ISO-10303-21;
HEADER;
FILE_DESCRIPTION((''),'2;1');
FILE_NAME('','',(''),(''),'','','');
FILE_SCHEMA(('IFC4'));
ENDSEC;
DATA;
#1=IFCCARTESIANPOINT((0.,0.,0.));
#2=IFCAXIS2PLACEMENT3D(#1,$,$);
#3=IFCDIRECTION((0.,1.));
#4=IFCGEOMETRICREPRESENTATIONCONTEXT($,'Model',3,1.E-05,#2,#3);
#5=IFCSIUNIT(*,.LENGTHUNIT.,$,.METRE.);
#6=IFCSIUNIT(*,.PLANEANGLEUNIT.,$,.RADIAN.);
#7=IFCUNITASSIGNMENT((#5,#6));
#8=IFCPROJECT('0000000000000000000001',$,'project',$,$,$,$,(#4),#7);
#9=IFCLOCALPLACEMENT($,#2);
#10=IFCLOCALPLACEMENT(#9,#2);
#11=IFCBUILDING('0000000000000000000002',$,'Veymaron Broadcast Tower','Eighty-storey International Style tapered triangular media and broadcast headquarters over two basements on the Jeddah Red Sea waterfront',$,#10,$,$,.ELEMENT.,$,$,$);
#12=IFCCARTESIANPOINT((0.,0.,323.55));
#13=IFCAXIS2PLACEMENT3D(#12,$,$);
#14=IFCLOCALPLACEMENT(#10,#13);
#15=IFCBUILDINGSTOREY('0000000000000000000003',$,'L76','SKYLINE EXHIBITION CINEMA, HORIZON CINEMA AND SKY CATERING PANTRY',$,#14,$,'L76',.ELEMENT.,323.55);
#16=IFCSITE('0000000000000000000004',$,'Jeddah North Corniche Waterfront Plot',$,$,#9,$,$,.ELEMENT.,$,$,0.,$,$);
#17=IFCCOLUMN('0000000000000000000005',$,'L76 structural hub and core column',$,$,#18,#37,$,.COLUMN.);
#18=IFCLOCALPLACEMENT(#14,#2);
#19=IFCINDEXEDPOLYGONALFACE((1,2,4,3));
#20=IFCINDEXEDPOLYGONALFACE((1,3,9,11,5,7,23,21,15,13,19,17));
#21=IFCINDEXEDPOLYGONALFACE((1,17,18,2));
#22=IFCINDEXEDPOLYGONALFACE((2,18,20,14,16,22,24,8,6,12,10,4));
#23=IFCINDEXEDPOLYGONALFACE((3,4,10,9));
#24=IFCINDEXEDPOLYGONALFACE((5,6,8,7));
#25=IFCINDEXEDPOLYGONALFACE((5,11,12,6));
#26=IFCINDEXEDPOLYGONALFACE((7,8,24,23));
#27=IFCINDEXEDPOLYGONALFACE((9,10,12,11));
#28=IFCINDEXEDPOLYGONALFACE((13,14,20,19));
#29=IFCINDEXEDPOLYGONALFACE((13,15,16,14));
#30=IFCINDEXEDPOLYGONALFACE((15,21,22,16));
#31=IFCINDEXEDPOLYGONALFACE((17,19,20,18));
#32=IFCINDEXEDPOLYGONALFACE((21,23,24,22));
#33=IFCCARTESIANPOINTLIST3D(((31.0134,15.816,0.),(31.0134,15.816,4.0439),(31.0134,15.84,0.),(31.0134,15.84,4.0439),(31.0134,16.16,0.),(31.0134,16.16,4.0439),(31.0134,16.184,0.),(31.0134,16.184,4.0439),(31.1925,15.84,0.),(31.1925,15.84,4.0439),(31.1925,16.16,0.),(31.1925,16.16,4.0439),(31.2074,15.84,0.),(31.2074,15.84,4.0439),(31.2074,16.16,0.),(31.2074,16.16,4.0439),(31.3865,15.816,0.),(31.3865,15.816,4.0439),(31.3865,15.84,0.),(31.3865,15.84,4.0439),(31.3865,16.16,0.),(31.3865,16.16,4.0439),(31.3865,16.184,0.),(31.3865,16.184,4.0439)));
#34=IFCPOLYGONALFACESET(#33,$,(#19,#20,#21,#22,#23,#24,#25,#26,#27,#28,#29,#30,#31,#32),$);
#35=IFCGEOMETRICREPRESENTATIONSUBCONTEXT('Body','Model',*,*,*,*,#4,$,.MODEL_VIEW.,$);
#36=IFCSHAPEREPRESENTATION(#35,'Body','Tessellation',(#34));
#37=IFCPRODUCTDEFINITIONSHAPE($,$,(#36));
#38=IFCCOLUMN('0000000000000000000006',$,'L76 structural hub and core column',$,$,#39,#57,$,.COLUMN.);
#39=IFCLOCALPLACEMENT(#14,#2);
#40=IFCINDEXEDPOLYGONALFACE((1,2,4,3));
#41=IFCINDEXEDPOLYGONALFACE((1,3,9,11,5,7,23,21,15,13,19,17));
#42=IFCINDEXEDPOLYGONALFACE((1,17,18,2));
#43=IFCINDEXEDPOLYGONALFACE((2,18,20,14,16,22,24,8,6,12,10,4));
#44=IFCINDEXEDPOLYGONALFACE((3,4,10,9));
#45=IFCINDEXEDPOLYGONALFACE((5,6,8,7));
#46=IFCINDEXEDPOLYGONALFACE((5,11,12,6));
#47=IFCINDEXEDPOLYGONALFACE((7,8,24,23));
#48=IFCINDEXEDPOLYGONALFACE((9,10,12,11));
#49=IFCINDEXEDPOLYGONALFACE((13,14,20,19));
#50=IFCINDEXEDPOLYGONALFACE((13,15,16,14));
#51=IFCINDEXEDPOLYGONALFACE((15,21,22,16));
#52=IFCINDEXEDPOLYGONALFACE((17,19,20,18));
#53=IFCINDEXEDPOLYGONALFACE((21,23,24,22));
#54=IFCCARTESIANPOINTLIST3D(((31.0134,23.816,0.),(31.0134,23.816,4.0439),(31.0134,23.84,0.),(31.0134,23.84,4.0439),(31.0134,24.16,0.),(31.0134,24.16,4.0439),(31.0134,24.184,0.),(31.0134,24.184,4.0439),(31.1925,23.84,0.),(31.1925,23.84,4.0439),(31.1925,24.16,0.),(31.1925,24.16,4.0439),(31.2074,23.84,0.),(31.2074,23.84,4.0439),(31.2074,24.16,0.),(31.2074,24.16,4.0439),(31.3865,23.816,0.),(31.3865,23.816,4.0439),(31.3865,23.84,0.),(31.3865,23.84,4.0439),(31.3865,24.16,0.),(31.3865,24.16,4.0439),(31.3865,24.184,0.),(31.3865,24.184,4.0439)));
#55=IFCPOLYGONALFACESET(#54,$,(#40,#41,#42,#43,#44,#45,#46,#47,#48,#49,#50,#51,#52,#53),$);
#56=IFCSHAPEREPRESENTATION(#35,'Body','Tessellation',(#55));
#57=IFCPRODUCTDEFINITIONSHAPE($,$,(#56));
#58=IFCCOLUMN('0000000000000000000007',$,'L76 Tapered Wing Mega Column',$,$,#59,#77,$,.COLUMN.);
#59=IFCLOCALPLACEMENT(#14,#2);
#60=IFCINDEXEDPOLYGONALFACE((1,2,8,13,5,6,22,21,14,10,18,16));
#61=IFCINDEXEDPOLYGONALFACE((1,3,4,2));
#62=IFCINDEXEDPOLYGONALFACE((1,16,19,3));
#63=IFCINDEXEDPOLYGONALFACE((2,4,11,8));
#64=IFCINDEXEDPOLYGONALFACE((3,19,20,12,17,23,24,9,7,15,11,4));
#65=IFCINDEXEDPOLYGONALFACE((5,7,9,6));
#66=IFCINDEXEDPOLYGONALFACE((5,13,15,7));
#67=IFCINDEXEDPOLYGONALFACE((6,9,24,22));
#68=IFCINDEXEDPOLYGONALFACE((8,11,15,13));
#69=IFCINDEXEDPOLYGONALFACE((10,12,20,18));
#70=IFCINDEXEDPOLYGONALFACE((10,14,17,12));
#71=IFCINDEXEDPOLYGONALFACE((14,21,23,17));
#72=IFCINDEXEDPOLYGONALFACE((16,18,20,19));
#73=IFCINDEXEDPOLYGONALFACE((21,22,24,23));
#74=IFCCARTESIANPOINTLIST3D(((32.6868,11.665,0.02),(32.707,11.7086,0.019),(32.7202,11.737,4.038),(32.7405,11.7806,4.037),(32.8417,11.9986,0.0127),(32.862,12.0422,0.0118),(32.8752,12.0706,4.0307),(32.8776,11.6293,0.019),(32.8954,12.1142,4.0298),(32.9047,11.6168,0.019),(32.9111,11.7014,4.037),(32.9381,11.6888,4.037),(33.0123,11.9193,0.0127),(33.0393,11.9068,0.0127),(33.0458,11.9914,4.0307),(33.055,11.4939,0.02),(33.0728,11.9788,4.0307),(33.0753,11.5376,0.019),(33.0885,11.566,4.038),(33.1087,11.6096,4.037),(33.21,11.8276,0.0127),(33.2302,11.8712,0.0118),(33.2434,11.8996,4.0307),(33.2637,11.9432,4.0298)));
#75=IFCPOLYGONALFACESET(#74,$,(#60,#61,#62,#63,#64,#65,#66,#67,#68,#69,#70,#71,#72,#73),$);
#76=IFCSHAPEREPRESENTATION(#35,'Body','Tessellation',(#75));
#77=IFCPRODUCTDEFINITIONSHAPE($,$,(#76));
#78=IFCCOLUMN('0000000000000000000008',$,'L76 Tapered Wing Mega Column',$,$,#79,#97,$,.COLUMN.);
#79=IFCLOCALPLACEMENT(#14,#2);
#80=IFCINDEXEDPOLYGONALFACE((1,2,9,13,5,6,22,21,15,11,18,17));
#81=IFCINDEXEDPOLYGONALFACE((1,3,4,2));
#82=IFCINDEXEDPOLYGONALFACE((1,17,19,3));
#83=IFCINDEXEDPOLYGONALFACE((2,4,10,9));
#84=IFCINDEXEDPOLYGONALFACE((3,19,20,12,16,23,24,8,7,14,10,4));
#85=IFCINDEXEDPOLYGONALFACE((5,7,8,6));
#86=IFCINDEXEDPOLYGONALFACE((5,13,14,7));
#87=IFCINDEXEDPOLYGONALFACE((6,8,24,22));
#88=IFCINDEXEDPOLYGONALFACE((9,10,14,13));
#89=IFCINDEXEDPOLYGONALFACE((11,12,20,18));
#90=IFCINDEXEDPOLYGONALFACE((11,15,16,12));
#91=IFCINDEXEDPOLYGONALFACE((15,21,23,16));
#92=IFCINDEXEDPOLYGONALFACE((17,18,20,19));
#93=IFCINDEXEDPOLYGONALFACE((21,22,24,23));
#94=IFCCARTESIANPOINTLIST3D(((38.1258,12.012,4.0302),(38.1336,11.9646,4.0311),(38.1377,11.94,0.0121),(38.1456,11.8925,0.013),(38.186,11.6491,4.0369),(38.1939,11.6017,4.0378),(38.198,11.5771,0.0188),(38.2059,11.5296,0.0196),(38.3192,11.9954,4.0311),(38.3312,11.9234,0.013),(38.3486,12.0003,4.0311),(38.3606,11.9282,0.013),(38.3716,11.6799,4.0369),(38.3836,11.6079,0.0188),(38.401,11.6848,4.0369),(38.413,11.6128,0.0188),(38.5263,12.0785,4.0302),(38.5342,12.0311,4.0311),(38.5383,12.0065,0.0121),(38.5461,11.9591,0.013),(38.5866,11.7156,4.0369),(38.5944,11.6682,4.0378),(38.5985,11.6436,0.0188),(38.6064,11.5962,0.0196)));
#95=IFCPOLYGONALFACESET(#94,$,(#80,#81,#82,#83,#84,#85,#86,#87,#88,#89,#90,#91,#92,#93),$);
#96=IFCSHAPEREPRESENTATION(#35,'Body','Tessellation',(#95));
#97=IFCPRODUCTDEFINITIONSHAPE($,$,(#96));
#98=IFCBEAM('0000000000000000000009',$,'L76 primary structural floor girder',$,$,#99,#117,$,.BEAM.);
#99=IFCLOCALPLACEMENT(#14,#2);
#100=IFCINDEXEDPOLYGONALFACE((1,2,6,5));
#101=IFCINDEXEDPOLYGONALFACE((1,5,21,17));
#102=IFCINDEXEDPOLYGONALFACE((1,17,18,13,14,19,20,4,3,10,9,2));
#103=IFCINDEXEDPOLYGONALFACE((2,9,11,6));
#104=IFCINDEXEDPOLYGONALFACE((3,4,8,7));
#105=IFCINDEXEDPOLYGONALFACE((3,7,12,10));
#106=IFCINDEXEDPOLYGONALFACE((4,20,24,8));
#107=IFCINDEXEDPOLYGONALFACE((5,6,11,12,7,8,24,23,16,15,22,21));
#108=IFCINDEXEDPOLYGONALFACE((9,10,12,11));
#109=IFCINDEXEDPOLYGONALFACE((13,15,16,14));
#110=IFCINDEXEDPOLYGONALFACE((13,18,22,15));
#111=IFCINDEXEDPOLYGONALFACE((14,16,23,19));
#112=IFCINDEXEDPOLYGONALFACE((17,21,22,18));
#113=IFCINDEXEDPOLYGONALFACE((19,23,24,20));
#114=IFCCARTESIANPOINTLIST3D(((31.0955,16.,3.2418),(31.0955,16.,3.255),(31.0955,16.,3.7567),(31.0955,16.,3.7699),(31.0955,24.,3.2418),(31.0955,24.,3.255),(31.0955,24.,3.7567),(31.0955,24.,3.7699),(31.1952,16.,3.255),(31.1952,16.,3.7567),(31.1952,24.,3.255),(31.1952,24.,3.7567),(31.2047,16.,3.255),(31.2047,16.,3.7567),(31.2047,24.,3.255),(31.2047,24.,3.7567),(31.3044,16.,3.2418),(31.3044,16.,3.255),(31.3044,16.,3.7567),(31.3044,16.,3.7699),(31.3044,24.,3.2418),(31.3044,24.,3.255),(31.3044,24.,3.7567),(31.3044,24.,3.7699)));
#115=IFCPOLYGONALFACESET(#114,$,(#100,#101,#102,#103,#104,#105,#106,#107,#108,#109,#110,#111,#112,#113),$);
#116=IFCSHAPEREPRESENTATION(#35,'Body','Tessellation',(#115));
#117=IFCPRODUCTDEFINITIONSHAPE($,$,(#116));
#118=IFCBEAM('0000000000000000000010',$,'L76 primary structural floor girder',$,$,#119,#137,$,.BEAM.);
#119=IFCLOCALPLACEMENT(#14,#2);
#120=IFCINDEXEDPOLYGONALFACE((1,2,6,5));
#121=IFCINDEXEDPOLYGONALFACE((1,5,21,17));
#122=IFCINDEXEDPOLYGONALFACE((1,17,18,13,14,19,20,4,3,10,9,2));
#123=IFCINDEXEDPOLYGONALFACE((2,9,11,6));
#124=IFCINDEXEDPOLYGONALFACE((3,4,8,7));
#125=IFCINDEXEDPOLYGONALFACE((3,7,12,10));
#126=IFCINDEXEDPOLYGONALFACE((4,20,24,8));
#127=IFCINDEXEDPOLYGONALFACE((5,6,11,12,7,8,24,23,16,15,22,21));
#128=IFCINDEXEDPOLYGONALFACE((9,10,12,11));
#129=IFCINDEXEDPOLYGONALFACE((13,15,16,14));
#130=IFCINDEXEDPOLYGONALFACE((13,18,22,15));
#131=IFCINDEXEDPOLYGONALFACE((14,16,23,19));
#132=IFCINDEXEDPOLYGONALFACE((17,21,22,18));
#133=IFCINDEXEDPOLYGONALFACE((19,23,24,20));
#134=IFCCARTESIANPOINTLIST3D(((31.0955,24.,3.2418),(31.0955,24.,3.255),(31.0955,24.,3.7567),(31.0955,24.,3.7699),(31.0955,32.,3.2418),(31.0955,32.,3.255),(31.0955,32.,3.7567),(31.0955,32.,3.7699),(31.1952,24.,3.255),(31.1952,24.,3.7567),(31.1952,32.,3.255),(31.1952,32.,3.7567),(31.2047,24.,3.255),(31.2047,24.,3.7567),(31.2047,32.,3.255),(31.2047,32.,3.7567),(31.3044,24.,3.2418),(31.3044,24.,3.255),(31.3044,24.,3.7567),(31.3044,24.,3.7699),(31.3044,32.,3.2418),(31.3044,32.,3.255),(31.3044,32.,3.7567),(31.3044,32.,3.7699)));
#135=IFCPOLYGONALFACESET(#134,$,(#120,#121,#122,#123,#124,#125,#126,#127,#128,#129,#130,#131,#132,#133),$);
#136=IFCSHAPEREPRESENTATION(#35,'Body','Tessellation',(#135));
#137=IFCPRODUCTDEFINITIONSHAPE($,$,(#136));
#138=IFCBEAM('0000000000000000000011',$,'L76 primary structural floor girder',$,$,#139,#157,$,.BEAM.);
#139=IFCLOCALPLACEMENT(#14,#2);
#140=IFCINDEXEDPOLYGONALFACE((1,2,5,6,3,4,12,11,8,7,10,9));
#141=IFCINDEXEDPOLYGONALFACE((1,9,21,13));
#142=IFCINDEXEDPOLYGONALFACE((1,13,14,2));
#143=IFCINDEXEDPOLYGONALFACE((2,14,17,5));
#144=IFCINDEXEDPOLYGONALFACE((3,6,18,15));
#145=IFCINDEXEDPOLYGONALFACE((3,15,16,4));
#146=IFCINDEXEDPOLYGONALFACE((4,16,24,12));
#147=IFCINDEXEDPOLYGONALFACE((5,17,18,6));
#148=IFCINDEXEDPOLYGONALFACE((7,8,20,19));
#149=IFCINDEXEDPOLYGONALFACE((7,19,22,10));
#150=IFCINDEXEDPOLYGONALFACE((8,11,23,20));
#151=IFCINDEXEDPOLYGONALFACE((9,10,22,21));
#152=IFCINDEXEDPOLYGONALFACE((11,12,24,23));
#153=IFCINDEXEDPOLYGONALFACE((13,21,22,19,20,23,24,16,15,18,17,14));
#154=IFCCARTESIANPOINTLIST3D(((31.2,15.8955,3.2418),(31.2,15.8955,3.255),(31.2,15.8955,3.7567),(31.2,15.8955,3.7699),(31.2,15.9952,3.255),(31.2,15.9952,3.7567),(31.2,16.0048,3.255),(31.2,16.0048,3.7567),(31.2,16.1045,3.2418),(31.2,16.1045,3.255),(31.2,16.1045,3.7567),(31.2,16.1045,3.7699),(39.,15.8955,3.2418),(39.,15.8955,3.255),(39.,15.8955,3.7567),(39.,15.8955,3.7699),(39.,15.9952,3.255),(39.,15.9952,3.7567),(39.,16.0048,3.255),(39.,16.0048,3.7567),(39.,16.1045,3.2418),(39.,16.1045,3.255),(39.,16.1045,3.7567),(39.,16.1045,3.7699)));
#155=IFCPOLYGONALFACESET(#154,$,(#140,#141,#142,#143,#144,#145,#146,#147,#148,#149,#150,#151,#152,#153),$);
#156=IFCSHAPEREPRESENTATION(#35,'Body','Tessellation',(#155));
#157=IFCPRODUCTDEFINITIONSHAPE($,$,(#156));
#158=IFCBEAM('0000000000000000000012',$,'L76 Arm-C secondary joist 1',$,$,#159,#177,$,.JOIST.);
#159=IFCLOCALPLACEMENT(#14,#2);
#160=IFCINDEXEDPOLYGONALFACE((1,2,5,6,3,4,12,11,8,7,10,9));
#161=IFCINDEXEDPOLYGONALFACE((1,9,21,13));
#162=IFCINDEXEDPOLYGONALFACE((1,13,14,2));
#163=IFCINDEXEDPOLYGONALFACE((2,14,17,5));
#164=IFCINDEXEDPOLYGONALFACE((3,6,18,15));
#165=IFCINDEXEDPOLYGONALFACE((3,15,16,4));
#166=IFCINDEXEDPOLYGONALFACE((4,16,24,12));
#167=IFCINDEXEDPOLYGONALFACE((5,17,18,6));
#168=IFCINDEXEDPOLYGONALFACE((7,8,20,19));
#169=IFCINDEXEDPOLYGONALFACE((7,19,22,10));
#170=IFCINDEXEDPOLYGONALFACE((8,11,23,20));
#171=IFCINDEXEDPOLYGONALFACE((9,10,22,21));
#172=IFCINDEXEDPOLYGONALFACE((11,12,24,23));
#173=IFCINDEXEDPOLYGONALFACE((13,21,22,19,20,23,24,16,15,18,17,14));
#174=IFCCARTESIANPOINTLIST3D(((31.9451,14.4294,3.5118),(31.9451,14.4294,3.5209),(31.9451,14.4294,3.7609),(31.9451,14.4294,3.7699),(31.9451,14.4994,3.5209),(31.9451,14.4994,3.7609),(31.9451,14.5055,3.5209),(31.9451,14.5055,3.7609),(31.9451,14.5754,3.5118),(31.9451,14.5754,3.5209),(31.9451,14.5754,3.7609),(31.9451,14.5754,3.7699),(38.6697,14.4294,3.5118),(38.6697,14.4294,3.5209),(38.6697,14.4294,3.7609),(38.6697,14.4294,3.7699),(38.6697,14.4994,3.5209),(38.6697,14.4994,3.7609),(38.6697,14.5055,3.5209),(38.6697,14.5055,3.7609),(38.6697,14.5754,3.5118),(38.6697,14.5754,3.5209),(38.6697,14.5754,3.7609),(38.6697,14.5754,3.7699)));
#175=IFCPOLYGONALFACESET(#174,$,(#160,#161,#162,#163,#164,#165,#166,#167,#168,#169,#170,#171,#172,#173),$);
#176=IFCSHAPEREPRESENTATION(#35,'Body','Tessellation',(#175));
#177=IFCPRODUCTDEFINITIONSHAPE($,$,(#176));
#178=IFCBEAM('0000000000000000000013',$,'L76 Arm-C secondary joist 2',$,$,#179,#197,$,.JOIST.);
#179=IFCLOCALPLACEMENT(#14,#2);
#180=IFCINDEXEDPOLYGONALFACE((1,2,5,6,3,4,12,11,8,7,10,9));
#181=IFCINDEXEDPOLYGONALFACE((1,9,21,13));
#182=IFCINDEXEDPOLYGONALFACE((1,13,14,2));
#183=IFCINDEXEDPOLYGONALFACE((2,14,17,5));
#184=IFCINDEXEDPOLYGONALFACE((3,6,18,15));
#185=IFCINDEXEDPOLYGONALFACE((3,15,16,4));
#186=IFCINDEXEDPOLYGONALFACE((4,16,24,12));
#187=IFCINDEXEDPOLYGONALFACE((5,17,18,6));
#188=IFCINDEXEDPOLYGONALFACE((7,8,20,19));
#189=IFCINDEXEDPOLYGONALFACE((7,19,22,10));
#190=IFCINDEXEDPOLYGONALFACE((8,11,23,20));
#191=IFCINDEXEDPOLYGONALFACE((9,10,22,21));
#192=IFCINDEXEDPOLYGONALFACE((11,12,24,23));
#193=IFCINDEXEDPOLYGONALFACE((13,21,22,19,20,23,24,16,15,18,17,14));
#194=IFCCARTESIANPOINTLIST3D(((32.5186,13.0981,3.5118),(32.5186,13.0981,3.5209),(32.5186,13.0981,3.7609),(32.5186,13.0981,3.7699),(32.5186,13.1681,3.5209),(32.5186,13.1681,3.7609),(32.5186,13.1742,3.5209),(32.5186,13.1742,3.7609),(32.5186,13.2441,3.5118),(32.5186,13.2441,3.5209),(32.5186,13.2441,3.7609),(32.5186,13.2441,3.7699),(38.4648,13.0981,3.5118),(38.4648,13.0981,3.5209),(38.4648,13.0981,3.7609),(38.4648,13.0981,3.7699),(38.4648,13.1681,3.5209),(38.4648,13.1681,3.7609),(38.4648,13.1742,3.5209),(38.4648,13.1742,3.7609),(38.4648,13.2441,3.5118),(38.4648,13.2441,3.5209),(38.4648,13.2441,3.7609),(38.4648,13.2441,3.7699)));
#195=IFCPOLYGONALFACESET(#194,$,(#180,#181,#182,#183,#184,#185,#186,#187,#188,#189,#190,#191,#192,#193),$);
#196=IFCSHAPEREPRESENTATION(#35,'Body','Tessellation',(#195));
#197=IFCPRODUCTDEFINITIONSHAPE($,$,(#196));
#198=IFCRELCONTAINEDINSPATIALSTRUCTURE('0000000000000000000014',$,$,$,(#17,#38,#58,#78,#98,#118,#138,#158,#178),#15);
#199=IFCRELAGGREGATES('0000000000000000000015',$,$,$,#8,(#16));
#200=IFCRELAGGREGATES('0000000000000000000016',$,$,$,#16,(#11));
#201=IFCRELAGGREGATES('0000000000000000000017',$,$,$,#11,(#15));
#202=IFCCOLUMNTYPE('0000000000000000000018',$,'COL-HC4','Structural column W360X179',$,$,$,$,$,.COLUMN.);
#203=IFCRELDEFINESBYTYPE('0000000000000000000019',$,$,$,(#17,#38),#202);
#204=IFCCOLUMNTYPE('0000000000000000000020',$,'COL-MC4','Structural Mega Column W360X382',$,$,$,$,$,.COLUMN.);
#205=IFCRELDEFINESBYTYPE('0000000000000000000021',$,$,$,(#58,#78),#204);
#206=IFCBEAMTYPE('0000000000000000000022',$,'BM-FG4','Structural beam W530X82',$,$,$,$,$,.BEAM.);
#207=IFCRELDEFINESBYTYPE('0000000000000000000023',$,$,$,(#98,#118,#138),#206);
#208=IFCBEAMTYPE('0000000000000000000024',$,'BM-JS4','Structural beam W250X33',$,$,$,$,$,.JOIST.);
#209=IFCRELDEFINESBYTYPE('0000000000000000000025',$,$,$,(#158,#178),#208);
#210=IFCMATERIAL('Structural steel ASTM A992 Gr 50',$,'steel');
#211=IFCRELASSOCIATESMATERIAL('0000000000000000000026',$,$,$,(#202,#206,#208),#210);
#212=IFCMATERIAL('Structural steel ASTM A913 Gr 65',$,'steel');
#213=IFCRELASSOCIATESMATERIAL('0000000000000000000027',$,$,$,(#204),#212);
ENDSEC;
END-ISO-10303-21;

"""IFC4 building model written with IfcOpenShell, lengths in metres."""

from ifc_helpers import new_model, si_unit, direction, frame, origin, origin_2d, place, context, subcontext, project, spatial, i_section, extrude, material, material_profile, profile_set, type_object, element, save


model = new_model("IFC4")

# Units and contexts
model_context = context("Model", 3, precision=1e-05, world=origin(), true_north=direction((0.0, 1.0)))
body_context = subcontext(model_context, "Body", "Model", "MODEL_VIEW")
ifc_project = project(units=[si_unit("LENGTHUNIT", "METRE"), si_unit("PLANEANGLEUNIT", "RADIAN")], contexts=[model_context])

# Site, building, storey
site_placement = place(None, origin())
site = spatial("IfcSite", under=ifc_project, at=site_placement, Name="Jeddah North Corniche Waterfront Plot", CompositionType="ELEMENT", RefElevation=0.0)
building_placement = place(site_placement, origin())
building = spatial("IfcBuilding", under=site, at=building_placement, Name="Veymaron Broadcast Tower", Description="Eighty-storey International Style tapered triangular media and broadcast headquarters over two basements on the Jeddah Red Sea waterfront", CompositionType="ELEMENT")
storey_placement = place(building_placement, frame((0.0, 0.0, 323.55)))
storey = spatial("IfcBuildingStorey", under=building, at=storey_placement, Name="L76", Description="SKYLINE EXHIBITION CINEMA, HORIZON CINEMA AND SKY CATERING PANTRY", LongName="L76", CompositionType="ELEMENT", Elevation=323.55)

# Columns
ifc_material_1 = material(Name="Structural steel ASTM A992 Gr 50", Category="steel")
ifc_material_profile_1 = material_profile(ifc_material_1, i_section(OverallWidth=0.373, OverallDepth=0.3679, WebThickness=0.0149, FlangeThickness=0.0239, at=origin_2d()), Name="W360X179")
ifc_profile_set_1 = profile_set([ifc_material_profile_1], Name="Structural steel ASTM A992 Gr 50")
column_type_1 = type_object("IfcColumnType", Name="COL-HC4", Description="Structural column W360X179", PredefinedType="COLUMN", material=ifc_profile_set_1)
for number, where, z_axis, x_axis, name in (
    (1, (31.2, 16.0, 0.0), (0.0, 0.0, 1.0), (1.0, 0.0, 0.0), "L76 structural hub and core column"),
    (2, (31.2, 24.0, 0.0), (0.0, 0.0, 1.0), (1.0, 0.0, 0.0), "L76 structural hub and core column"),
):
    element("IfcColumn", number, at=place(storey_placement, frame(where, z_axis=z_axis, x_axis=x_axis)), inside=storey, type_object=column_type_1, Name=name, PredefinedType="COLUMN", context=body_context, shape_type="SweptSolid", body=[
        extrude(i_section(OverallWidth=0.373, OverallDepth=0.3679, WebThickness=0.0149, FlangeThickness=0.0239, at=origin_2d()), origin(), (0.0, 0.0, 1.0), 4.0439),
    ])
ifc_material_2 = material(Name="Structural steel ASTM A913 Gr 65", Category="steel")
ifc_material_profile_2 = material_profile(ifc_material_2, i_section(OverallWidth=0.406, OverallDepth=0.416, WebThickness=0.0298, FlangeThickness=0.0481, at=origin_2d()), Name="W360X382")
ifc_profile_set_2 = profile_set([ifc_material_profile_2], Name="Structural steel ASTM A913 Gr 65")
column_type_2 = type_object("IfcColumnType", Name="COL-MC4", Description="Structural Mega Column W360X382", PredefinedType="COLUMN", material=ifc_profile_set_2)
for number, where, z_axis, x_axis, name in (
    (3, (32.9585, 11.7681, 0.0159), (0.008323, 0.017921, 0.999805), (-0.906967, 0.421202, 0.0), "L76 Tapered Wing Mega Column"),
    (4, (38.3721, 11.7681, 0.0159), (-0.002977, 0.017921, 0.999835), (-0.986484, -0.163857, 0.0), "L76 Tapered Wing Mega Column"),
):
    element("IfcColumn", number, at=place(storey_placement, frame(where, z_axis=z_axis, x_axis=x_axis)), inside=storey, type_object=column_type_2, Name=name, PredefinedType="COLUMN", context=body_context, shape_type="SweptSolid", body=[
        extrude(i_section(OverallWidth=0.406, OverallDepth=0.416, WebThickness=0.0298, FlangeThickness=0.0481, at=origin_2d()), origin(), (0.0, 0.0, 1.0), 4.0188),
    ])

# Beams
ifc_material_profile_3 = material_profile(ifc_material_1, i_section(OverallWidth=0.209, OverallDepth=0.5281, WebThickness=0.0095, FlangeThickness=0.0132, at=origin_2d()), Name="W530X82")
ifc_profile_set_3 = profile_set([ifc_material_profile_3], Name="Structural steel ASTM A992 Gr 50")
beam_type_1 = type_object("IfcBeamType", Name="BM-FG4", Description="Structural beam W530X82", PredefinedType="BEAM", material=ifc_profile_set_3)
for number, where, z_axis, x_axis, name in (
    (5, (31.2, 16.0, 3.5059), (0.0, 1.0, 0.0), (-1.0, 0.0, 0.0), "L76 primary structural floor girder"),
    (6, (31.2, 24.0, 3.5059), (0.0, 1.0, 0.0), (-1.0, 0.0, 0.0), "L76 primary structural floor girder"),
):
    element("IfcBeam", number, at=place(storey_placement, frame(where, z_axis=z_axis, x_axis=x_axis)), inside=storey, type_object=beam_type_1, Name=name, PredefinedType="BEAM", context=body_context, shape_type="SweptSolid", body=[
        extrude(i_section(OverallWidth=0.209, OverallDepth=0.5281, WebThickness=0.0095, FlangeThickness=0.0132, at=origin_2d()), origin(), (0.0, 0.0, 1.0), 8.0),
    ])
beam_1_placement = place(storey_placement, frame((31.2, 16.0, 3.5059), z_axis=(1.0, 0.0, 0.0), x_axis=(0.0, 1.0, 0.0)))
element("IfcBeam", 7, at=beam_1_placement, inside=storey, type_object=beam_type_1, Name="L76 primary structural floor girder", PredefinedType="BEAM", context=body_context, shape_type="SweptSolid", body=[
    extrude(i_section(OverallWidth=0.209, OverallDepth=0.5281, WebThickness=0.0095, FlangeThickness=0.0132, at=origin_2d()), origin(), (0.0, 0.0, 1.0), 7.8),
])
ifc_material_profile_4 = material_profile(ifc_material_1, i_section(OverallWidth=0.146, OverallDepth=0.2581, WebThickness=0.0061, FlangeThickness=0.009, at=origin_2d()), Name="W250X33")
ifc_profile_set_4 = profile_set([ifc_material_profile_4], Name="Structural steel ASTM A992 Gr 50")
beam_type_2 = type_object("IfcBeamType", Name="BM-JS4", Description="Structural beam W250X33", PredefinedType="JOIST", material=ifc_profile_set_4)
beam_2_placement = place(storey_placement, frame((31.9451, 14.5024, 3.6409), z_axis=(1.0, 0.0, 0.0), x_axis=(0.0, 1.0, 0.0)))
element("IfcBeam", 8, at=beam_2_placement, inside=storey, type_object=beam_type_2, Name="L76 Arm-C secondary joist 1", PredefinedType="JOIST", context=body_context, shape_type="SweptSolid", body=[
    extrude(i_section(OverallWidth=0.146, OverallDepth=0.2581, WebThickness=0.0061, FlangeThickness=0.009, at=origin_2d()), origin(), (0.0, 0.0, 1.0), 6.7246),
])
beam_3_placement = place(storey_placement, frame((32.5186, 13.1711, 3.6409), z_axis=(1.0, 0.0, 0.0), x_axis=(0.0, 1.0, 0.0)))
element("IfcBeam", 9, at=beam_3_placement, inside=storey, type_object=beam_type_2, Name="L76 Arm-C secondary joist 2", PredefinedType="JOIST", context=body_context, shape_type="SweptSolid", body=[
    extrude(i_section(OverallWidth=0.146, OverallDepth=0.2581, WebThickness=0.0061, FlangeThickness=0.009, at=origin_2d()), origin(), (0.0, 0.0, 1.0), 5.9463),
])

save(model, "model.ifc")
